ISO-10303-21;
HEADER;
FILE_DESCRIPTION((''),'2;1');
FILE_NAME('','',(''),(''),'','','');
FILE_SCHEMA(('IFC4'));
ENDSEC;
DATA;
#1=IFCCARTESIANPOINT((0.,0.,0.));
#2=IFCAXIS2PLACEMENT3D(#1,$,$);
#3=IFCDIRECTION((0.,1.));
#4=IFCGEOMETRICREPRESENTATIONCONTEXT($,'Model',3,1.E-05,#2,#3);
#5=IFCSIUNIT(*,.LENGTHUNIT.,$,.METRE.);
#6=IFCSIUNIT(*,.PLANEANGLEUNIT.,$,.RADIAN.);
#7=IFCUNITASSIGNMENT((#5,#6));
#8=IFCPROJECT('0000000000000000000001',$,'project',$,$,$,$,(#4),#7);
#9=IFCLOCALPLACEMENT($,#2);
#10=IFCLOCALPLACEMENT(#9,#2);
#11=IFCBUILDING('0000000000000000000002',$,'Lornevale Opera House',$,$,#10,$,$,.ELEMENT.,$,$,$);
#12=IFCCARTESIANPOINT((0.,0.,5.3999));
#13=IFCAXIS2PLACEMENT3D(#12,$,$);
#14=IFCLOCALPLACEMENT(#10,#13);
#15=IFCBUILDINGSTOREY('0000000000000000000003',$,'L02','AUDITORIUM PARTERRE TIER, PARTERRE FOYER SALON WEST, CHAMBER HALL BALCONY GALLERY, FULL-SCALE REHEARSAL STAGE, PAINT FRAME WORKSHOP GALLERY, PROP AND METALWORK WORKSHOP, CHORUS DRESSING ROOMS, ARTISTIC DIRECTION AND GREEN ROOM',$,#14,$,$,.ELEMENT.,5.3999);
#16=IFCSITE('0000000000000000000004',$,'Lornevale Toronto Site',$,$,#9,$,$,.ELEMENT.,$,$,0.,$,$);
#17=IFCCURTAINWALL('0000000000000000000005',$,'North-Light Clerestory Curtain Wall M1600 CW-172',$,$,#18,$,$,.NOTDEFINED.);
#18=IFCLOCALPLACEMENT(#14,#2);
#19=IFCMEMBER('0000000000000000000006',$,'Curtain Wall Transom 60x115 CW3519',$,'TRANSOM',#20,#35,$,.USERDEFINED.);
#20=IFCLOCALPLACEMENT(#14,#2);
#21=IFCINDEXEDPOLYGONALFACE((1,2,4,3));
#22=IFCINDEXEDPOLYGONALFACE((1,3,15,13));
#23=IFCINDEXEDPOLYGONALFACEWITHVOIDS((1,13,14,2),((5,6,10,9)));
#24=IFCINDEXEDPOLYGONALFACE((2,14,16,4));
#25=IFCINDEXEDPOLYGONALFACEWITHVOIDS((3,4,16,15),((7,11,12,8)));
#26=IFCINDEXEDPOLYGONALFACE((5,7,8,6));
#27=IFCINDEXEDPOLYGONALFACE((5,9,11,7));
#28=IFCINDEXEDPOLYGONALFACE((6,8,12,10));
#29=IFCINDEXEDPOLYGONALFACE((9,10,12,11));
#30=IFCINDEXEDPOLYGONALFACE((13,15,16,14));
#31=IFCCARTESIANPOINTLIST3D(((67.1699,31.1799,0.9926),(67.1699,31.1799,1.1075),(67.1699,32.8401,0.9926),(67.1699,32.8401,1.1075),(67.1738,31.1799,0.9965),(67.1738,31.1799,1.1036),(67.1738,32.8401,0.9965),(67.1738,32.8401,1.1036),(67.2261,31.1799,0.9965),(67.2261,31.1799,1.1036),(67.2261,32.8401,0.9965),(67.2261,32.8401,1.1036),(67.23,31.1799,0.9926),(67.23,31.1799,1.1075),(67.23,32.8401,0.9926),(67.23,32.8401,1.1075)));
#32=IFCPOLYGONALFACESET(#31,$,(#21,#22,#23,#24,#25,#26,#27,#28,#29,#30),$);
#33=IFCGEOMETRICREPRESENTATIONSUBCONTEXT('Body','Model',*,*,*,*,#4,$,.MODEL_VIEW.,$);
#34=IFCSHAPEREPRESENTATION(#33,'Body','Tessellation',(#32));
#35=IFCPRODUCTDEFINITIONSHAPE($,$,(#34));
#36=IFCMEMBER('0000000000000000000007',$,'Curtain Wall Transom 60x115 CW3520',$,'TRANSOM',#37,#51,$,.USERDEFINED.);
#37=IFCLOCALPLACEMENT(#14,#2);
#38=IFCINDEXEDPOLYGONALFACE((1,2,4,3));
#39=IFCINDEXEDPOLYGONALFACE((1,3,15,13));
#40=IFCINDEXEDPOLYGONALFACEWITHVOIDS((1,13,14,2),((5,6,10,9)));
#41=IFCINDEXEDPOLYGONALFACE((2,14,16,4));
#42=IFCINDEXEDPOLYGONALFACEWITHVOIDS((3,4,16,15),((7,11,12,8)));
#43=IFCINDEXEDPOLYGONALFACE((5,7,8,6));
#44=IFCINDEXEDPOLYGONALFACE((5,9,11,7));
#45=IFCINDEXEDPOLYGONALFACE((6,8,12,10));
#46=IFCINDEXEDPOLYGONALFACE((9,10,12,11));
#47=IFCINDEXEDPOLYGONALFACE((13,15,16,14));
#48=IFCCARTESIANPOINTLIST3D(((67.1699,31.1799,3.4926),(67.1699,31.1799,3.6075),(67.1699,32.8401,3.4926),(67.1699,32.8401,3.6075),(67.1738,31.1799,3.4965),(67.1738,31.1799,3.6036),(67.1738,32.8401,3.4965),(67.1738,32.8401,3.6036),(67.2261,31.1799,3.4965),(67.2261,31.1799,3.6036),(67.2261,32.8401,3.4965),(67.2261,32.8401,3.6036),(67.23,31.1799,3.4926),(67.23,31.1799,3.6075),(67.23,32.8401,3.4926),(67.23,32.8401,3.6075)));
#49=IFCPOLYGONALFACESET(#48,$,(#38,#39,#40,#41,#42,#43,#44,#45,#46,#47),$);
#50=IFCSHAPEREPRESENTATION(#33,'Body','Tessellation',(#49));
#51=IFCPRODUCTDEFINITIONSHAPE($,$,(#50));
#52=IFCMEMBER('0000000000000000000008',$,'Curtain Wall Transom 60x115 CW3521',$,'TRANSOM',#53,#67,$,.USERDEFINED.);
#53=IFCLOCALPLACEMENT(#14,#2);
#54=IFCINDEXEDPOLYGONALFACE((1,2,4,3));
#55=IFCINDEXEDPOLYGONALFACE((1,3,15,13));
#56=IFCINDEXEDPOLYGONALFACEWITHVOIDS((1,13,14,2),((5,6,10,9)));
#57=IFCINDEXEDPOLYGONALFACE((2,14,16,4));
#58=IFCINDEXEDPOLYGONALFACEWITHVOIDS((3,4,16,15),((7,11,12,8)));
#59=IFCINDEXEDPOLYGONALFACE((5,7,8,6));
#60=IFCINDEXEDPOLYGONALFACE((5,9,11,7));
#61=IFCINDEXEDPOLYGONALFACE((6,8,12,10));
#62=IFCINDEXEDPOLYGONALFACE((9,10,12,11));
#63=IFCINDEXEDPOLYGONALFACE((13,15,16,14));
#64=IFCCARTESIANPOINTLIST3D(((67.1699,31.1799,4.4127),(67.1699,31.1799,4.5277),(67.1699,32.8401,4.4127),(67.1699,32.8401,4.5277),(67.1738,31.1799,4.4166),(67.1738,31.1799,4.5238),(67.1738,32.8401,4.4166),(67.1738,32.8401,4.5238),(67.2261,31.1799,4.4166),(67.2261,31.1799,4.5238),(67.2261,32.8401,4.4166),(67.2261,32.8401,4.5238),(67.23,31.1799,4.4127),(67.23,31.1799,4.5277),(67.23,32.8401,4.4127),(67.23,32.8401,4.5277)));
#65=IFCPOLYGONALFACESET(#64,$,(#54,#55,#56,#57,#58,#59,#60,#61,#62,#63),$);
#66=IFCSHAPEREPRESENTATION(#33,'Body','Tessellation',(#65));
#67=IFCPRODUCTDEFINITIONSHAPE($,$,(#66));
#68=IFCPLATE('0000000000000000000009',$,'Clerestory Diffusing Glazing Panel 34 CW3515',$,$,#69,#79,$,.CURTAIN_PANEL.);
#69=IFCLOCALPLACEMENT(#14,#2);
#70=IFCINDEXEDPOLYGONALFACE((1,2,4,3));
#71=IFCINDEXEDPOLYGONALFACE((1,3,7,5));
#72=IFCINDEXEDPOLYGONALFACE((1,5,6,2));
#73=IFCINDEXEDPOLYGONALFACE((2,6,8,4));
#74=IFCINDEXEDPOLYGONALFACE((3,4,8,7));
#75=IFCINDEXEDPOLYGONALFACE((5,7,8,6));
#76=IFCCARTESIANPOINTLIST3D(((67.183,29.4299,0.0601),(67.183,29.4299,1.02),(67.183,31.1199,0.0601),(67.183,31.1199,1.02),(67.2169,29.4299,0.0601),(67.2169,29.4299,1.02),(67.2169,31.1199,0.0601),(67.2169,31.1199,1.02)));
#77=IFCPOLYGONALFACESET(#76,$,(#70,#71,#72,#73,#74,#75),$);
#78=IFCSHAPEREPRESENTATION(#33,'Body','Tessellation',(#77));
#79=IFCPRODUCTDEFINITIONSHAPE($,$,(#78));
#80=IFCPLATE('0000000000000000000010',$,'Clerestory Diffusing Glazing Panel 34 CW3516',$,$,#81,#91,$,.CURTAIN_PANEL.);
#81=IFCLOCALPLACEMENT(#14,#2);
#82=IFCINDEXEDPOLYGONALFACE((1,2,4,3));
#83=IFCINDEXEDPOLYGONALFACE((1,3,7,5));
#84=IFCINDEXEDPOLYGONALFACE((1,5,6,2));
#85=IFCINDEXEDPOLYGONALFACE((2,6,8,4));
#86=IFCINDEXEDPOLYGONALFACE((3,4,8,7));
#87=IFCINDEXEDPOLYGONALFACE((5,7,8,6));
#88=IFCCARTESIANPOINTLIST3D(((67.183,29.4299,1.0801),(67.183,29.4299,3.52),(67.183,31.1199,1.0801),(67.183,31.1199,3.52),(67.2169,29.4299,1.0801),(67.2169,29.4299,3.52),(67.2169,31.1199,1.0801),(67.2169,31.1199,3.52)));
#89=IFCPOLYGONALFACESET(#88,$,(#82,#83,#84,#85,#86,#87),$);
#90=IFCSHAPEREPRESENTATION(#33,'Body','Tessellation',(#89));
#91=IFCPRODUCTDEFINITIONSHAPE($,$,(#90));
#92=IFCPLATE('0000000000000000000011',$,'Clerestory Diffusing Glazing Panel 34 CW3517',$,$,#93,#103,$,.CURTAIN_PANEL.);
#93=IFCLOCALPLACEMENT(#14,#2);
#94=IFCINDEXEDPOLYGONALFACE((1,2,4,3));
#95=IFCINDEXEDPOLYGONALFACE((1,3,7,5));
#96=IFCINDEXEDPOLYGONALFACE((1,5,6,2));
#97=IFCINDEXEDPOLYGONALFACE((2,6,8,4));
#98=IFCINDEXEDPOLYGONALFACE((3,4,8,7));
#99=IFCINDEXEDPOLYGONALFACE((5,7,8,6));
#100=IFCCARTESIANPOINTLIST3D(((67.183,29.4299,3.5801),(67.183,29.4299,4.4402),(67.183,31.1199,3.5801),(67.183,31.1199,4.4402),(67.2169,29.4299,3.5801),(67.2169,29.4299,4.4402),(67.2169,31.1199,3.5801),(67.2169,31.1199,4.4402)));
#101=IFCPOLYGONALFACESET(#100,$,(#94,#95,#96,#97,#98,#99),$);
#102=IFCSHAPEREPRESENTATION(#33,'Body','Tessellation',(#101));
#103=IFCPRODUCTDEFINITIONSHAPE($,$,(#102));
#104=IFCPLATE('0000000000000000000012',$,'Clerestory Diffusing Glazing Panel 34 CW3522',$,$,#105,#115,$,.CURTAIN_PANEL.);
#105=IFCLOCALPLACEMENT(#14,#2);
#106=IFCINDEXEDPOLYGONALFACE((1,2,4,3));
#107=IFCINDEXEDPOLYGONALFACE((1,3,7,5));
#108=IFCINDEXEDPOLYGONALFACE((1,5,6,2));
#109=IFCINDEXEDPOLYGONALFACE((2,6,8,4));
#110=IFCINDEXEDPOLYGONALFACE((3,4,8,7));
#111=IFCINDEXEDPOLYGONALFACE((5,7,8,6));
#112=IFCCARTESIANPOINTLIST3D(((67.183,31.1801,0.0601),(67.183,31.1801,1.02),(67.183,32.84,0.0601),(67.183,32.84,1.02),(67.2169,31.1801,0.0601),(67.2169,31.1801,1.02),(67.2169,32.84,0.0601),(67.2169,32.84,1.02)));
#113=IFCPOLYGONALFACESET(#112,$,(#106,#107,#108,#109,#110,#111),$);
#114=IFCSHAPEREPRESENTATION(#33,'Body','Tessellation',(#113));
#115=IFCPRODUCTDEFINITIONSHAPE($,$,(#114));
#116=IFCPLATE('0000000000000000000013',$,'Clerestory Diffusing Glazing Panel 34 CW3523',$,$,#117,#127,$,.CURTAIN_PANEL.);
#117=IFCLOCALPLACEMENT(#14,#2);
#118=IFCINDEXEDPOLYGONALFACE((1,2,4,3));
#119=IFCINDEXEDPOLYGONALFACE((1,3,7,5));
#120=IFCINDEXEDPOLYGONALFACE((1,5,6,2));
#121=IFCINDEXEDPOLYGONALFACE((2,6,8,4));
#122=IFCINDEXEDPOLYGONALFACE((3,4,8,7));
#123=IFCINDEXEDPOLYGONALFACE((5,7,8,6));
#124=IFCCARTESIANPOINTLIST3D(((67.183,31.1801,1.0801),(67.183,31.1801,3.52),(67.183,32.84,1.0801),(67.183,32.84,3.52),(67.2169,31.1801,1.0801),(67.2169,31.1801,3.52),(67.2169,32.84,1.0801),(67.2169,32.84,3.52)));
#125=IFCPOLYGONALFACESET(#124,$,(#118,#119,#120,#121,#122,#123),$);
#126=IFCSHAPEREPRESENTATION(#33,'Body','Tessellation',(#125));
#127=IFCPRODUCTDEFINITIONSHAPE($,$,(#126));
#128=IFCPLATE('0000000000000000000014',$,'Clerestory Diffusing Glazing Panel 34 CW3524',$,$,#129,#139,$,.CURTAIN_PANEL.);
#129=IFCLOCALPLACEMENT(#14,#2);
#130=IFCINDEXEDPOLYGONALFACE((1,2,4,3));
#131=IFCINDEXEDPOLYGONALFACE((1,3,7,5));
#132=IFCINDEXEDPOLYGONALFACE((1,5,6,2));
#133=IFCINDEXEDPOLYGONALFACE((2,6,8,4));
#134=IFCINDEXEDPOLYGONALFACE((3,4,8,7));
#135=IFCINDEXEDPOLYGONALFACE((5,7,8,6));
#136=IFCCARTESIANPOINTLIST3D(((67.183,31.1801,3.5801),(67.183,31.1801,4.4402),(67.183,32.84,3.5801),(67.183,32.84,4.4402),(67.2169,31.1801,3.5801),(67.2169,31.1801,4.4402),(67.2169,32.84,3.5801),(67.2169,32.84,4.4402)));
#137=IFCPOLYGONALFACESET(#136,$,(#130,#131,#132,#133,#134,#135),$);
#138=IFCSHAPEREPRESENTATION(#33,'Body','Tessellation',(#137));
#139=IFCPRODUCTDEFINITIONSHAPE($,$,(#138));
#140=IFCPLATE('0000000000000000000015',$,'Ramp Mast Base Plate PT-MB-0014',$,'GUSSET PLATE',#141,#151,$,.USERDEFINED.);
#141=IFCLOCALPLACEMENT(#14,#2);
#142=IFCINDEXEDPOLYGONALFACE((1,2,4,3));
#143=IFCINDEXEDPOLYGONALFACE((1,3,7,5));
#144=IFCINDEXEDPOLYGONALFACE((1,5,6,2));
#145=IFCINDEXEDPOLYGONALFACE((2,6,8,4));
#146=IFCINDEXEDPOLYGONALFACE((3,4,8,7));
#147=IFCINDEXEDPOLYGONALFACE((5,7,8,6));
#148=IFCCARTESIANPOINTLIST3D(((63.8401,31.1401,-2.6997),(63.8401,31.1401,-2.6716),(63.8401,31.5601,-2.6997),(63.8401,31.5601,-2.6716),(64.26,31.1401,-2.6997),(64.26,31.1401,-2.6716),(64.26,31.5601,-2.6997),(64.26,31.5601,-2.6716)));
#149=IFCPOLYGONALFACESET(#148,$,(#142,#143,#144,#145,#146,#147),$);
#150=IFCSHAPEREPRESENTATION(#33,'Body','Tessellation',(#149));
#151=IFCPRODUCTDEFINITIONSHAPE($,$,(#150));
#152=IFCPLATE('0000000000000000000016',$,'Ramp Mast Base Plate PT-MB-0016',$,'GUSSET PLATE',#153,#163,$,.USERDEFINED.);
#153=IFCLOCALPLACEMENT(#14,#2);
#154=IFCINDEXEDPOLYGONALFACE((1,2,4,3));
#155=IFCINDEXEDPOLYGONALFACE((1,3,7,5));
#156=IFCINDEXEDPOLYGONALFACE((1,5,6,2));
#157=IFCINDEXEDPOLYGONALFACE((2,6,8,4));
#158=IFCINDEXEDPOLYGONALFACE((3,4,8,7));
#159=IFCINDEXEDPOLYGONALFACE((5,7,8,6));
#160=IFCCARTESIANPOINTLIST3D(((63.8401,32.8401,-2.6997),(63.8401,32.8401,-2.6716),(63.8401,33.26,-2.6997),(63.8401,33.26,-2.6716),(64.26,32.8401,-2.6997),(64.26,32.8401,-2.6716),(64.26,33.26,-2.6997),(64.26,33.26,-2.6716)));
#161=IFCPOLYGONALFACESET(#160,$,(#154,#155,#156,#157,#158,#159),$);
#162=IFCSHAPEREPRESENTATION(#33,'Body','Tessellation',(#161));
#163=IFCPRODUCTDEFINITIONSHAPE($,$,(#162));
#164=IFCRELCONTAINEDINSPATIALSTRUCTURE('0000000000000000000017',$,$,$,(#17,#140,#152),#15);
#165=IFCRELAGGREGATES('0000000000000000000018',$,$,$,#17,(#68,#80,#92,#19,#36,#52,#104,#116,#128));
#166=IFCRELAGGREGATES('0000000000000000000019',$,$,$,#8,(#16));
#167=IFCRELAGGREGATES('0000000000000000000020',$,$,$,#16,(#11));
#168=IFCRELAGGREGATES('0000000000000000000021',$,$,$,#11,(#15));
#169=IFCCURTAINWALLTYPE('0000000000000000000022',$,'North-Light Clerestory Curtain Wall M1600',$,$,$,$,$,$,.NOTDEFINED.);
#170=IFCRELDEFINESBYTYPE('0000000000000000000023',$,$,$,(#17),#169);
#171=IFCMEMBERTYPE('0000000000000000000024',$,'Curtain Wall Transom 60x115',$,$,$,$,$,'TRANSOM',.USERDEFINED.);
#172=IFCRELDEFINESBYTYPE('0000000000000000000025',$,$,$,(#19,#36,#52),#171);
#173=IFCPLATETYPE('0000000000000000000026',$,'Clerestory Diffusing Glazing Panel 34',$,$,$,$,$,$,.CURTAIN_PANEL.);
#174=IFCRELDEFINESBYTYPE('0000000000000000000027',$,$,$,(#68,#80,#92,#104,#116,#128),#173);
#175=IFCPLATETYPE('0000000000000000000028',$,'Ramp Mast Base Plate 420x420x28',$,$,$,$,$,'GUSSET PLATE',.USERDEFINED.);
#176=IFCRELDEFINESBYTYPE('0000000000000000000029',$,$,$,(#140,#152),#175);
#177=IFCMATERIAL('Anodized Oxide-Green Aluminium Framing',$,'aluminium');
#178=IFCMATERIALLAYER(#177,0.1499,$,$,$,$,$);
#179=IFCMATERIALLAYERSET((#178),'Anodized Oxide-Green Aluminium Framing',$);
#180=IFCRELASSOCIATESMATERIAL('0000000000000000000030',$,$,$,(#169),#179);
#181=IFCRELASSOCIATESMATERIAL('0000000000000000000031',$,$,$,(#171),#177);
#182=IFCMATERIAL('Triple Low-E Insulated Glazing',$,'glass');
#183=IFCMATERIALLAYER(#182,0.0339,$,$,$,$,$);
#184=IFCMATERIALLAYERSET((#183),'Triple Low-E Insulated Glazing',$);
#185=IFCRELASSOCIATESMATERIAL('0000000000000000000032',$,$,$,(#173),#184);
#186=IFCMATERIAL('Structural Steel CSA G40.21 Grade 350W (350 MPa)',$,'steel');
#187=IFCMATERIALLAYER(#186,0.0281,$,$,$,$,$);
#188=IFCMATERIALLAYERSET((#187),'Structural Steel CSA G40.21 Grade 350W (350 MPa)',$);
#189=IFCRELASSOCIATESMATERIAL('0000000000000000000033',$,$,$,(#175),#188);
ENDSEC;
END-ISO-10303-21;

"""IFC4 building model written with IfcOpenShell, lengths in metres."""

from ifc_helpers import new_model, si_unit, direction, frame, origin, origin_2d, place, context, subcontext, project, spatial, rectangle, hollow_rectangle, extrude, material, layer, layer_set, material_profile, profile_set, type_object, element, aggregate, save


model = new_model("IFC4")

# Units and contexts
model_context = context("Model", 3, precision=1e-05, world=origin(), true_north=direction((0.0, 1.0)))
body_context = subcontext(model_context, "Body", "Model", "MODEL_VIEW")
ifc_project = project(units=[si_unit("LENGTHUNIT", "METRE"), si_unit("PLANEANGLEUNIT", "RADIAN")], contexts=[model_context])

# Site, building, storey
site_placement = place(None, origin())
site = spatial("IfcSite", under=ifc_project, at=site_placement, Name="Lornevale Toronto Site", CompositionType="ELEMENT", RefElevation=0.0)
building_placement = place(site_placement, origin())
building = spatial("IfcBuilding", under=site, at=building_placement, Name="Lornevale Opera House", CompositionType="ELEMENT")
storey_placement = place(building_placement, frame((0.0, 0.0, 5.3999)))
storey = spatial("IfcBuildingStorey", under=building, at=storey_placement, Name="L02", Description="AUDITORIUM PARTERRE TIER, PARTERRE FOYER SALON WEST, CHAMBER HALL BALCONY GALLERY, FULL-SCALE REHEARSAL STAGE, PAINT FRAME WORKSHOP GALLERY, PROP AND METALWORK WORKSHOP, CHORUS DRESSING ROOMS, ARTISTIC DIRECTION AND GREEN ROOM", CompositionType="ELEMENT", Elevation=5.3999)

# Shared definitions
ifc_material_1 = material(Name="Structural Steel CSA G40.21 Grade 350W (350 MPa)", Category="steel")

# Curtain wall, members, plates
ifc_material_2 = material(Name="Anodized Oxide-Green Aluminium Framing", Category="aluminium")
ifc_layer_1 = layer(ifc_material_2, 0.1499)
ifc_layer_set_1 = layer_set([ifc_layer_1], Name="Anodized Oxide-Green Aluminium Framing")
curtain_wall_type = type_object("IfcCurtainWallType", Name="North-Light Clerestory Curtain Wall M1600", PredefinedType="NOTDEFINED", material=ifc_layer_set_1)
curtain_wall_placement = place(storey_placement, origin())
curtain_wall = element("IfcCurtainWall", 1, at=curtain_wall_placement, inside=storey, type_object=curtain_wall_type, Name="North-Light Clerestory Curtain Wall M1600 CW-172", PredefinedType="NOTDEFINED")
ifc_material_profile_1 = material_profile(ifc_material_2, hollow_rectangle(XDim=0.0601, YDim=0.115, WallThickness=0.0039, at=origin_2d()), Name="ALU60x115x4")
ifc_profile_set_1 = profile_set([ifc_material_profile_1], Name="Anodized Oxide-Green Aluminium Framing")
member_type_1 = type_object("IfcMemberType", Name="Curtain Wall Transom 60x115", ElementType="TRANSOM", PredefinedType="USERDEFINED", material=ifc_profile_set_1)
member_1_placement = place(storey_placement, frame((67.2, 31.1799, 1.05), z_axis=(0.0, 1.0, 0.0), x_axis=(-1.0, 0.0, 0.0)))
member_1 = element("IfcMember", 2, at=member_1_placement, type_object=member_type_1, Name="Curtain Wall Transom 60x115 CW3519", ObjectType="TRANSOM", PredefinedType="USERDEFINED", context=body_context, shape_type="SweptSolid", body=[
    extrude(hollow_rectangle(XDim=0.0601, YDim=0.115, WallThickness=0.0039, at=origin_2d()), origin(), (0.0, 0.0, 1.0), 1.6602),
])
member_2_placement = place(storey_placement, frame((67.2, 31.1799, 3.55), z_axis=(0.0, 1.0, 0.0), x_axis=(-1.0, 0.0, 0.0)))
member_2 = element("IfcMember", 3, at=member_2_placement, type_object=member_type_1, Name="Curtain Wall Transom 60x115 CW3520", ObjectType="TRANSOM", PredefinedType="USERDEFINED", context=body_context, shape_type="SweptSolid", body=[
    extrude(hollow_rectangle(XDim=0.0601, YDim=0.115, WallThickness=0.0039, at=origin_2d()), origin(), (0.0, 0.0, 1.0), 1.6602),
])
member_3_placement = place(storey_placement, frame((67.2, 31.1799, 4.4702), z_axis=(0.0, 1.0, 0.0), x_axis=(-1.0, 0.0, 0.0)))
member_3 = element("IfcMember", 4, at=member_3_placement, type_object=member_type_1, Name="Curtain Wall Transom 60x115 CW3521", ObjectType="TRANSOM", PredefinedType="USERDEFINED", context=body_context, shape_type="SweptSolid", body=[
    extrude(hollow_rectangle(XDim=0.0601, YDim=0.115, WallThickness=0.0039, at=origin_2d()), origin(), (0.0, 0.0, 1.0), 1.6602),
])
ifc_material_3 = material(Name="Triple Low-E Insulated Glazing", Category="glass")
ifc_layer_2 = layer(ifc_material_3, 0.0339)
ifc_layer_set_2 = layer_set([ifc_layer_2], Name="Triple Low-E Insulated Glazing")
plate_type_1 = type_object("IfcPlateType", Name="Clerestory Diffusing Glazing Panel 34", PredefinedType="CURTAIN_PANEL", material=ifc_layer_set_2)
plate_1_placement = place(storey_placement, frame((67.2, 30.2749, 0.0601), z_axis=(0.0, 0.0, 1.0), x_axis=(0.0, 1.0, 0.0)))
plate_1 = element("IfcPlate", 5, at=plate_1_placement, type_object=plate_type_1, Name="Clerestory Diffusing Glazing Panel 34 CW3515", PredefinedType="CURTAIN_PANEL", context=body_context, shape_type="SweptSolid", body=[
    extrude(rectangle(XDim=1.6899, YDim=0.0339, at=origin_2d()), origin(), (0.0, 0.0, 1.0), 0.96),
])
plate_2_placement = place(storey_placement, frame((67.2, 30.2749, 1.0801), z_axis=(0.0, 0.0, 1.0), x_axis=(0.0, 1.0, 0.0)))
plate_2 = element("IfcPlate", 6, at=plate_2_placement, type_object=plate_type_1, Name="Clerestory Diffusing Glazing Panel 34 CW3516", PredefinedType="CURTAIN_PANEL", context=body_context, shape_type="SweptSolid", body=[
    extrude(rectangle(XDim=1.6899, YDim=0.0339, at=origin_2d()), origin(), (0.0, 0.0, 1.0), 2.4399),
])
plate_3_placement = place(storey_placement, frame((67.2, 30.2749, 3.5801), z_axis=(0.0, 0.0, 1.0), x_axis=(0.0, 1.0, 0.0)))
plate_3 = element("IfcPlate", 7, at=plate_3_placement, type_object=plate_type_1, Name="Clerestory Diffusing Glazing Panel 34 CW3517", PredefinedType="CURTAIN_PANEL", context=body_context, shape_type="SweptSolid", body=[
    extrude(rectangle(XDim=1.6899, YDim=0.0339, at=origin_2d()), origin(), (0.0, 0.0, 1.0), 0.8601),
])
plate_4_placement = place(storey_placement, frame((67.2, 32.01, 0.0601), z_axis=(0.0, 0.0, 1.0), x_axis=(0.0, 1.0, 0.0)))
plate_4 = element("IfcPlate", 8, at=plate_4_placement, type_object=plate_type_1, Name="Clerestory Diffusing Glazing Panel 34 CW3522", PredefinedType="CURTAIN_PANEL", context=body_context, shape_type="SweptSolid", body=[
    extrude(rectangle(XDim=1.6599, YDim=0.0339, at=origin_2d()), origin(), (0.0, 0.0, 1.0), 0.96),
])
plate_5_placement = place(storey_placement, frame((67.2, 32.01, 1.0801), z_axis=(0.0, 0.0, 1.0), x_axis=(0.0, 1.0, 0.0)))
plate_5 = element("IfcPlate", 9, at=plate_5_placement, type_object=plate_type_1, Name="Clerestory Diffusing Glazing Panel 34 CW3523", PredefinedType="CURTAIN_PANEL", context=body_context, shape_type="SweptSolid", body=[
    extrude(rectangle(XDim=1.6599, YDim=0.0339, at=origin_2d()), origin(), (0.0, 0.0, 1.0), 2.4399),
])
plate_6_placement = place(storey_placement, frame((67.2, 32.01, 3.5801), z_axis=(0.0, 0.0, 1.0), x_axis=(0.0, 1.0, 0.0)))
plate_6 = element("IfcPlate", 10, at=plate_6_placement, type_object=plate_type_1, Name="Clerestory Diffusing Glazing Panel 34 CW3524", PredefinedType="CURTAIN_PANEL", context=body_context, shape_type="SweptSolid", body=[
    extrude(rectangle(XDim=1.6599, YDim=0.0339, at=origin_2d()), origin(), (0.0, 0.0, 1.0), 0.8601),
])
aggregate(curtain_wall, [plate_1, plate_2, plate_3, member_1, member_2, member_3, plate_4, plate_5, plate_6])

# Plates
ifc_layer_3 = layer(ifc_material_1, 0.0281)
ifc_layer_set_3 = layer_set([ifc_layer_3], Name="Structural Steel CSA G40.21 Grade 350W (350 MPa)")
plate_type_2 = type_object("IfcPlateType", Name="Ramp Mast Base Plate 420x420x28", ElementType="GUSSET PLATE", PredefinedType="USERDEFINED", material=ifc_layer_set_3)
for number, where, z_axis, x_axis, name in (
    (11, (64.05, 31.3501, -2.6997), (0.0, 0.0, 1.0), (1.0, 0.0, 0.0), "Ramp Mast Base Plate PT-MB-0014"),
    (12, (64.05, 33.05, -2.6997), (0.0, 0.0, 1.0), (1.0, 0.0, 0.0), "Ramp Mast Base Plate PT-MB-0016"),
):
    element("IfcPlate", number, at=place(storey_placement, frame(where, z_axis=z_axis, x_axis=x_axis)), inside=storey, type_object=plate_type_2, Name=name, ObjectType="GUSSET PLATE", PredefinedType="USERDEFINED", context=body_context, shape_type="SweptSolid", body=[
        extrude(rectangle(XDim=0.4199, YDim=0.4199, at=origin_2d()), origin(), (0.0, 0.0, 1.0), 0.0281),
    ])

save(model, "model.ifc")
